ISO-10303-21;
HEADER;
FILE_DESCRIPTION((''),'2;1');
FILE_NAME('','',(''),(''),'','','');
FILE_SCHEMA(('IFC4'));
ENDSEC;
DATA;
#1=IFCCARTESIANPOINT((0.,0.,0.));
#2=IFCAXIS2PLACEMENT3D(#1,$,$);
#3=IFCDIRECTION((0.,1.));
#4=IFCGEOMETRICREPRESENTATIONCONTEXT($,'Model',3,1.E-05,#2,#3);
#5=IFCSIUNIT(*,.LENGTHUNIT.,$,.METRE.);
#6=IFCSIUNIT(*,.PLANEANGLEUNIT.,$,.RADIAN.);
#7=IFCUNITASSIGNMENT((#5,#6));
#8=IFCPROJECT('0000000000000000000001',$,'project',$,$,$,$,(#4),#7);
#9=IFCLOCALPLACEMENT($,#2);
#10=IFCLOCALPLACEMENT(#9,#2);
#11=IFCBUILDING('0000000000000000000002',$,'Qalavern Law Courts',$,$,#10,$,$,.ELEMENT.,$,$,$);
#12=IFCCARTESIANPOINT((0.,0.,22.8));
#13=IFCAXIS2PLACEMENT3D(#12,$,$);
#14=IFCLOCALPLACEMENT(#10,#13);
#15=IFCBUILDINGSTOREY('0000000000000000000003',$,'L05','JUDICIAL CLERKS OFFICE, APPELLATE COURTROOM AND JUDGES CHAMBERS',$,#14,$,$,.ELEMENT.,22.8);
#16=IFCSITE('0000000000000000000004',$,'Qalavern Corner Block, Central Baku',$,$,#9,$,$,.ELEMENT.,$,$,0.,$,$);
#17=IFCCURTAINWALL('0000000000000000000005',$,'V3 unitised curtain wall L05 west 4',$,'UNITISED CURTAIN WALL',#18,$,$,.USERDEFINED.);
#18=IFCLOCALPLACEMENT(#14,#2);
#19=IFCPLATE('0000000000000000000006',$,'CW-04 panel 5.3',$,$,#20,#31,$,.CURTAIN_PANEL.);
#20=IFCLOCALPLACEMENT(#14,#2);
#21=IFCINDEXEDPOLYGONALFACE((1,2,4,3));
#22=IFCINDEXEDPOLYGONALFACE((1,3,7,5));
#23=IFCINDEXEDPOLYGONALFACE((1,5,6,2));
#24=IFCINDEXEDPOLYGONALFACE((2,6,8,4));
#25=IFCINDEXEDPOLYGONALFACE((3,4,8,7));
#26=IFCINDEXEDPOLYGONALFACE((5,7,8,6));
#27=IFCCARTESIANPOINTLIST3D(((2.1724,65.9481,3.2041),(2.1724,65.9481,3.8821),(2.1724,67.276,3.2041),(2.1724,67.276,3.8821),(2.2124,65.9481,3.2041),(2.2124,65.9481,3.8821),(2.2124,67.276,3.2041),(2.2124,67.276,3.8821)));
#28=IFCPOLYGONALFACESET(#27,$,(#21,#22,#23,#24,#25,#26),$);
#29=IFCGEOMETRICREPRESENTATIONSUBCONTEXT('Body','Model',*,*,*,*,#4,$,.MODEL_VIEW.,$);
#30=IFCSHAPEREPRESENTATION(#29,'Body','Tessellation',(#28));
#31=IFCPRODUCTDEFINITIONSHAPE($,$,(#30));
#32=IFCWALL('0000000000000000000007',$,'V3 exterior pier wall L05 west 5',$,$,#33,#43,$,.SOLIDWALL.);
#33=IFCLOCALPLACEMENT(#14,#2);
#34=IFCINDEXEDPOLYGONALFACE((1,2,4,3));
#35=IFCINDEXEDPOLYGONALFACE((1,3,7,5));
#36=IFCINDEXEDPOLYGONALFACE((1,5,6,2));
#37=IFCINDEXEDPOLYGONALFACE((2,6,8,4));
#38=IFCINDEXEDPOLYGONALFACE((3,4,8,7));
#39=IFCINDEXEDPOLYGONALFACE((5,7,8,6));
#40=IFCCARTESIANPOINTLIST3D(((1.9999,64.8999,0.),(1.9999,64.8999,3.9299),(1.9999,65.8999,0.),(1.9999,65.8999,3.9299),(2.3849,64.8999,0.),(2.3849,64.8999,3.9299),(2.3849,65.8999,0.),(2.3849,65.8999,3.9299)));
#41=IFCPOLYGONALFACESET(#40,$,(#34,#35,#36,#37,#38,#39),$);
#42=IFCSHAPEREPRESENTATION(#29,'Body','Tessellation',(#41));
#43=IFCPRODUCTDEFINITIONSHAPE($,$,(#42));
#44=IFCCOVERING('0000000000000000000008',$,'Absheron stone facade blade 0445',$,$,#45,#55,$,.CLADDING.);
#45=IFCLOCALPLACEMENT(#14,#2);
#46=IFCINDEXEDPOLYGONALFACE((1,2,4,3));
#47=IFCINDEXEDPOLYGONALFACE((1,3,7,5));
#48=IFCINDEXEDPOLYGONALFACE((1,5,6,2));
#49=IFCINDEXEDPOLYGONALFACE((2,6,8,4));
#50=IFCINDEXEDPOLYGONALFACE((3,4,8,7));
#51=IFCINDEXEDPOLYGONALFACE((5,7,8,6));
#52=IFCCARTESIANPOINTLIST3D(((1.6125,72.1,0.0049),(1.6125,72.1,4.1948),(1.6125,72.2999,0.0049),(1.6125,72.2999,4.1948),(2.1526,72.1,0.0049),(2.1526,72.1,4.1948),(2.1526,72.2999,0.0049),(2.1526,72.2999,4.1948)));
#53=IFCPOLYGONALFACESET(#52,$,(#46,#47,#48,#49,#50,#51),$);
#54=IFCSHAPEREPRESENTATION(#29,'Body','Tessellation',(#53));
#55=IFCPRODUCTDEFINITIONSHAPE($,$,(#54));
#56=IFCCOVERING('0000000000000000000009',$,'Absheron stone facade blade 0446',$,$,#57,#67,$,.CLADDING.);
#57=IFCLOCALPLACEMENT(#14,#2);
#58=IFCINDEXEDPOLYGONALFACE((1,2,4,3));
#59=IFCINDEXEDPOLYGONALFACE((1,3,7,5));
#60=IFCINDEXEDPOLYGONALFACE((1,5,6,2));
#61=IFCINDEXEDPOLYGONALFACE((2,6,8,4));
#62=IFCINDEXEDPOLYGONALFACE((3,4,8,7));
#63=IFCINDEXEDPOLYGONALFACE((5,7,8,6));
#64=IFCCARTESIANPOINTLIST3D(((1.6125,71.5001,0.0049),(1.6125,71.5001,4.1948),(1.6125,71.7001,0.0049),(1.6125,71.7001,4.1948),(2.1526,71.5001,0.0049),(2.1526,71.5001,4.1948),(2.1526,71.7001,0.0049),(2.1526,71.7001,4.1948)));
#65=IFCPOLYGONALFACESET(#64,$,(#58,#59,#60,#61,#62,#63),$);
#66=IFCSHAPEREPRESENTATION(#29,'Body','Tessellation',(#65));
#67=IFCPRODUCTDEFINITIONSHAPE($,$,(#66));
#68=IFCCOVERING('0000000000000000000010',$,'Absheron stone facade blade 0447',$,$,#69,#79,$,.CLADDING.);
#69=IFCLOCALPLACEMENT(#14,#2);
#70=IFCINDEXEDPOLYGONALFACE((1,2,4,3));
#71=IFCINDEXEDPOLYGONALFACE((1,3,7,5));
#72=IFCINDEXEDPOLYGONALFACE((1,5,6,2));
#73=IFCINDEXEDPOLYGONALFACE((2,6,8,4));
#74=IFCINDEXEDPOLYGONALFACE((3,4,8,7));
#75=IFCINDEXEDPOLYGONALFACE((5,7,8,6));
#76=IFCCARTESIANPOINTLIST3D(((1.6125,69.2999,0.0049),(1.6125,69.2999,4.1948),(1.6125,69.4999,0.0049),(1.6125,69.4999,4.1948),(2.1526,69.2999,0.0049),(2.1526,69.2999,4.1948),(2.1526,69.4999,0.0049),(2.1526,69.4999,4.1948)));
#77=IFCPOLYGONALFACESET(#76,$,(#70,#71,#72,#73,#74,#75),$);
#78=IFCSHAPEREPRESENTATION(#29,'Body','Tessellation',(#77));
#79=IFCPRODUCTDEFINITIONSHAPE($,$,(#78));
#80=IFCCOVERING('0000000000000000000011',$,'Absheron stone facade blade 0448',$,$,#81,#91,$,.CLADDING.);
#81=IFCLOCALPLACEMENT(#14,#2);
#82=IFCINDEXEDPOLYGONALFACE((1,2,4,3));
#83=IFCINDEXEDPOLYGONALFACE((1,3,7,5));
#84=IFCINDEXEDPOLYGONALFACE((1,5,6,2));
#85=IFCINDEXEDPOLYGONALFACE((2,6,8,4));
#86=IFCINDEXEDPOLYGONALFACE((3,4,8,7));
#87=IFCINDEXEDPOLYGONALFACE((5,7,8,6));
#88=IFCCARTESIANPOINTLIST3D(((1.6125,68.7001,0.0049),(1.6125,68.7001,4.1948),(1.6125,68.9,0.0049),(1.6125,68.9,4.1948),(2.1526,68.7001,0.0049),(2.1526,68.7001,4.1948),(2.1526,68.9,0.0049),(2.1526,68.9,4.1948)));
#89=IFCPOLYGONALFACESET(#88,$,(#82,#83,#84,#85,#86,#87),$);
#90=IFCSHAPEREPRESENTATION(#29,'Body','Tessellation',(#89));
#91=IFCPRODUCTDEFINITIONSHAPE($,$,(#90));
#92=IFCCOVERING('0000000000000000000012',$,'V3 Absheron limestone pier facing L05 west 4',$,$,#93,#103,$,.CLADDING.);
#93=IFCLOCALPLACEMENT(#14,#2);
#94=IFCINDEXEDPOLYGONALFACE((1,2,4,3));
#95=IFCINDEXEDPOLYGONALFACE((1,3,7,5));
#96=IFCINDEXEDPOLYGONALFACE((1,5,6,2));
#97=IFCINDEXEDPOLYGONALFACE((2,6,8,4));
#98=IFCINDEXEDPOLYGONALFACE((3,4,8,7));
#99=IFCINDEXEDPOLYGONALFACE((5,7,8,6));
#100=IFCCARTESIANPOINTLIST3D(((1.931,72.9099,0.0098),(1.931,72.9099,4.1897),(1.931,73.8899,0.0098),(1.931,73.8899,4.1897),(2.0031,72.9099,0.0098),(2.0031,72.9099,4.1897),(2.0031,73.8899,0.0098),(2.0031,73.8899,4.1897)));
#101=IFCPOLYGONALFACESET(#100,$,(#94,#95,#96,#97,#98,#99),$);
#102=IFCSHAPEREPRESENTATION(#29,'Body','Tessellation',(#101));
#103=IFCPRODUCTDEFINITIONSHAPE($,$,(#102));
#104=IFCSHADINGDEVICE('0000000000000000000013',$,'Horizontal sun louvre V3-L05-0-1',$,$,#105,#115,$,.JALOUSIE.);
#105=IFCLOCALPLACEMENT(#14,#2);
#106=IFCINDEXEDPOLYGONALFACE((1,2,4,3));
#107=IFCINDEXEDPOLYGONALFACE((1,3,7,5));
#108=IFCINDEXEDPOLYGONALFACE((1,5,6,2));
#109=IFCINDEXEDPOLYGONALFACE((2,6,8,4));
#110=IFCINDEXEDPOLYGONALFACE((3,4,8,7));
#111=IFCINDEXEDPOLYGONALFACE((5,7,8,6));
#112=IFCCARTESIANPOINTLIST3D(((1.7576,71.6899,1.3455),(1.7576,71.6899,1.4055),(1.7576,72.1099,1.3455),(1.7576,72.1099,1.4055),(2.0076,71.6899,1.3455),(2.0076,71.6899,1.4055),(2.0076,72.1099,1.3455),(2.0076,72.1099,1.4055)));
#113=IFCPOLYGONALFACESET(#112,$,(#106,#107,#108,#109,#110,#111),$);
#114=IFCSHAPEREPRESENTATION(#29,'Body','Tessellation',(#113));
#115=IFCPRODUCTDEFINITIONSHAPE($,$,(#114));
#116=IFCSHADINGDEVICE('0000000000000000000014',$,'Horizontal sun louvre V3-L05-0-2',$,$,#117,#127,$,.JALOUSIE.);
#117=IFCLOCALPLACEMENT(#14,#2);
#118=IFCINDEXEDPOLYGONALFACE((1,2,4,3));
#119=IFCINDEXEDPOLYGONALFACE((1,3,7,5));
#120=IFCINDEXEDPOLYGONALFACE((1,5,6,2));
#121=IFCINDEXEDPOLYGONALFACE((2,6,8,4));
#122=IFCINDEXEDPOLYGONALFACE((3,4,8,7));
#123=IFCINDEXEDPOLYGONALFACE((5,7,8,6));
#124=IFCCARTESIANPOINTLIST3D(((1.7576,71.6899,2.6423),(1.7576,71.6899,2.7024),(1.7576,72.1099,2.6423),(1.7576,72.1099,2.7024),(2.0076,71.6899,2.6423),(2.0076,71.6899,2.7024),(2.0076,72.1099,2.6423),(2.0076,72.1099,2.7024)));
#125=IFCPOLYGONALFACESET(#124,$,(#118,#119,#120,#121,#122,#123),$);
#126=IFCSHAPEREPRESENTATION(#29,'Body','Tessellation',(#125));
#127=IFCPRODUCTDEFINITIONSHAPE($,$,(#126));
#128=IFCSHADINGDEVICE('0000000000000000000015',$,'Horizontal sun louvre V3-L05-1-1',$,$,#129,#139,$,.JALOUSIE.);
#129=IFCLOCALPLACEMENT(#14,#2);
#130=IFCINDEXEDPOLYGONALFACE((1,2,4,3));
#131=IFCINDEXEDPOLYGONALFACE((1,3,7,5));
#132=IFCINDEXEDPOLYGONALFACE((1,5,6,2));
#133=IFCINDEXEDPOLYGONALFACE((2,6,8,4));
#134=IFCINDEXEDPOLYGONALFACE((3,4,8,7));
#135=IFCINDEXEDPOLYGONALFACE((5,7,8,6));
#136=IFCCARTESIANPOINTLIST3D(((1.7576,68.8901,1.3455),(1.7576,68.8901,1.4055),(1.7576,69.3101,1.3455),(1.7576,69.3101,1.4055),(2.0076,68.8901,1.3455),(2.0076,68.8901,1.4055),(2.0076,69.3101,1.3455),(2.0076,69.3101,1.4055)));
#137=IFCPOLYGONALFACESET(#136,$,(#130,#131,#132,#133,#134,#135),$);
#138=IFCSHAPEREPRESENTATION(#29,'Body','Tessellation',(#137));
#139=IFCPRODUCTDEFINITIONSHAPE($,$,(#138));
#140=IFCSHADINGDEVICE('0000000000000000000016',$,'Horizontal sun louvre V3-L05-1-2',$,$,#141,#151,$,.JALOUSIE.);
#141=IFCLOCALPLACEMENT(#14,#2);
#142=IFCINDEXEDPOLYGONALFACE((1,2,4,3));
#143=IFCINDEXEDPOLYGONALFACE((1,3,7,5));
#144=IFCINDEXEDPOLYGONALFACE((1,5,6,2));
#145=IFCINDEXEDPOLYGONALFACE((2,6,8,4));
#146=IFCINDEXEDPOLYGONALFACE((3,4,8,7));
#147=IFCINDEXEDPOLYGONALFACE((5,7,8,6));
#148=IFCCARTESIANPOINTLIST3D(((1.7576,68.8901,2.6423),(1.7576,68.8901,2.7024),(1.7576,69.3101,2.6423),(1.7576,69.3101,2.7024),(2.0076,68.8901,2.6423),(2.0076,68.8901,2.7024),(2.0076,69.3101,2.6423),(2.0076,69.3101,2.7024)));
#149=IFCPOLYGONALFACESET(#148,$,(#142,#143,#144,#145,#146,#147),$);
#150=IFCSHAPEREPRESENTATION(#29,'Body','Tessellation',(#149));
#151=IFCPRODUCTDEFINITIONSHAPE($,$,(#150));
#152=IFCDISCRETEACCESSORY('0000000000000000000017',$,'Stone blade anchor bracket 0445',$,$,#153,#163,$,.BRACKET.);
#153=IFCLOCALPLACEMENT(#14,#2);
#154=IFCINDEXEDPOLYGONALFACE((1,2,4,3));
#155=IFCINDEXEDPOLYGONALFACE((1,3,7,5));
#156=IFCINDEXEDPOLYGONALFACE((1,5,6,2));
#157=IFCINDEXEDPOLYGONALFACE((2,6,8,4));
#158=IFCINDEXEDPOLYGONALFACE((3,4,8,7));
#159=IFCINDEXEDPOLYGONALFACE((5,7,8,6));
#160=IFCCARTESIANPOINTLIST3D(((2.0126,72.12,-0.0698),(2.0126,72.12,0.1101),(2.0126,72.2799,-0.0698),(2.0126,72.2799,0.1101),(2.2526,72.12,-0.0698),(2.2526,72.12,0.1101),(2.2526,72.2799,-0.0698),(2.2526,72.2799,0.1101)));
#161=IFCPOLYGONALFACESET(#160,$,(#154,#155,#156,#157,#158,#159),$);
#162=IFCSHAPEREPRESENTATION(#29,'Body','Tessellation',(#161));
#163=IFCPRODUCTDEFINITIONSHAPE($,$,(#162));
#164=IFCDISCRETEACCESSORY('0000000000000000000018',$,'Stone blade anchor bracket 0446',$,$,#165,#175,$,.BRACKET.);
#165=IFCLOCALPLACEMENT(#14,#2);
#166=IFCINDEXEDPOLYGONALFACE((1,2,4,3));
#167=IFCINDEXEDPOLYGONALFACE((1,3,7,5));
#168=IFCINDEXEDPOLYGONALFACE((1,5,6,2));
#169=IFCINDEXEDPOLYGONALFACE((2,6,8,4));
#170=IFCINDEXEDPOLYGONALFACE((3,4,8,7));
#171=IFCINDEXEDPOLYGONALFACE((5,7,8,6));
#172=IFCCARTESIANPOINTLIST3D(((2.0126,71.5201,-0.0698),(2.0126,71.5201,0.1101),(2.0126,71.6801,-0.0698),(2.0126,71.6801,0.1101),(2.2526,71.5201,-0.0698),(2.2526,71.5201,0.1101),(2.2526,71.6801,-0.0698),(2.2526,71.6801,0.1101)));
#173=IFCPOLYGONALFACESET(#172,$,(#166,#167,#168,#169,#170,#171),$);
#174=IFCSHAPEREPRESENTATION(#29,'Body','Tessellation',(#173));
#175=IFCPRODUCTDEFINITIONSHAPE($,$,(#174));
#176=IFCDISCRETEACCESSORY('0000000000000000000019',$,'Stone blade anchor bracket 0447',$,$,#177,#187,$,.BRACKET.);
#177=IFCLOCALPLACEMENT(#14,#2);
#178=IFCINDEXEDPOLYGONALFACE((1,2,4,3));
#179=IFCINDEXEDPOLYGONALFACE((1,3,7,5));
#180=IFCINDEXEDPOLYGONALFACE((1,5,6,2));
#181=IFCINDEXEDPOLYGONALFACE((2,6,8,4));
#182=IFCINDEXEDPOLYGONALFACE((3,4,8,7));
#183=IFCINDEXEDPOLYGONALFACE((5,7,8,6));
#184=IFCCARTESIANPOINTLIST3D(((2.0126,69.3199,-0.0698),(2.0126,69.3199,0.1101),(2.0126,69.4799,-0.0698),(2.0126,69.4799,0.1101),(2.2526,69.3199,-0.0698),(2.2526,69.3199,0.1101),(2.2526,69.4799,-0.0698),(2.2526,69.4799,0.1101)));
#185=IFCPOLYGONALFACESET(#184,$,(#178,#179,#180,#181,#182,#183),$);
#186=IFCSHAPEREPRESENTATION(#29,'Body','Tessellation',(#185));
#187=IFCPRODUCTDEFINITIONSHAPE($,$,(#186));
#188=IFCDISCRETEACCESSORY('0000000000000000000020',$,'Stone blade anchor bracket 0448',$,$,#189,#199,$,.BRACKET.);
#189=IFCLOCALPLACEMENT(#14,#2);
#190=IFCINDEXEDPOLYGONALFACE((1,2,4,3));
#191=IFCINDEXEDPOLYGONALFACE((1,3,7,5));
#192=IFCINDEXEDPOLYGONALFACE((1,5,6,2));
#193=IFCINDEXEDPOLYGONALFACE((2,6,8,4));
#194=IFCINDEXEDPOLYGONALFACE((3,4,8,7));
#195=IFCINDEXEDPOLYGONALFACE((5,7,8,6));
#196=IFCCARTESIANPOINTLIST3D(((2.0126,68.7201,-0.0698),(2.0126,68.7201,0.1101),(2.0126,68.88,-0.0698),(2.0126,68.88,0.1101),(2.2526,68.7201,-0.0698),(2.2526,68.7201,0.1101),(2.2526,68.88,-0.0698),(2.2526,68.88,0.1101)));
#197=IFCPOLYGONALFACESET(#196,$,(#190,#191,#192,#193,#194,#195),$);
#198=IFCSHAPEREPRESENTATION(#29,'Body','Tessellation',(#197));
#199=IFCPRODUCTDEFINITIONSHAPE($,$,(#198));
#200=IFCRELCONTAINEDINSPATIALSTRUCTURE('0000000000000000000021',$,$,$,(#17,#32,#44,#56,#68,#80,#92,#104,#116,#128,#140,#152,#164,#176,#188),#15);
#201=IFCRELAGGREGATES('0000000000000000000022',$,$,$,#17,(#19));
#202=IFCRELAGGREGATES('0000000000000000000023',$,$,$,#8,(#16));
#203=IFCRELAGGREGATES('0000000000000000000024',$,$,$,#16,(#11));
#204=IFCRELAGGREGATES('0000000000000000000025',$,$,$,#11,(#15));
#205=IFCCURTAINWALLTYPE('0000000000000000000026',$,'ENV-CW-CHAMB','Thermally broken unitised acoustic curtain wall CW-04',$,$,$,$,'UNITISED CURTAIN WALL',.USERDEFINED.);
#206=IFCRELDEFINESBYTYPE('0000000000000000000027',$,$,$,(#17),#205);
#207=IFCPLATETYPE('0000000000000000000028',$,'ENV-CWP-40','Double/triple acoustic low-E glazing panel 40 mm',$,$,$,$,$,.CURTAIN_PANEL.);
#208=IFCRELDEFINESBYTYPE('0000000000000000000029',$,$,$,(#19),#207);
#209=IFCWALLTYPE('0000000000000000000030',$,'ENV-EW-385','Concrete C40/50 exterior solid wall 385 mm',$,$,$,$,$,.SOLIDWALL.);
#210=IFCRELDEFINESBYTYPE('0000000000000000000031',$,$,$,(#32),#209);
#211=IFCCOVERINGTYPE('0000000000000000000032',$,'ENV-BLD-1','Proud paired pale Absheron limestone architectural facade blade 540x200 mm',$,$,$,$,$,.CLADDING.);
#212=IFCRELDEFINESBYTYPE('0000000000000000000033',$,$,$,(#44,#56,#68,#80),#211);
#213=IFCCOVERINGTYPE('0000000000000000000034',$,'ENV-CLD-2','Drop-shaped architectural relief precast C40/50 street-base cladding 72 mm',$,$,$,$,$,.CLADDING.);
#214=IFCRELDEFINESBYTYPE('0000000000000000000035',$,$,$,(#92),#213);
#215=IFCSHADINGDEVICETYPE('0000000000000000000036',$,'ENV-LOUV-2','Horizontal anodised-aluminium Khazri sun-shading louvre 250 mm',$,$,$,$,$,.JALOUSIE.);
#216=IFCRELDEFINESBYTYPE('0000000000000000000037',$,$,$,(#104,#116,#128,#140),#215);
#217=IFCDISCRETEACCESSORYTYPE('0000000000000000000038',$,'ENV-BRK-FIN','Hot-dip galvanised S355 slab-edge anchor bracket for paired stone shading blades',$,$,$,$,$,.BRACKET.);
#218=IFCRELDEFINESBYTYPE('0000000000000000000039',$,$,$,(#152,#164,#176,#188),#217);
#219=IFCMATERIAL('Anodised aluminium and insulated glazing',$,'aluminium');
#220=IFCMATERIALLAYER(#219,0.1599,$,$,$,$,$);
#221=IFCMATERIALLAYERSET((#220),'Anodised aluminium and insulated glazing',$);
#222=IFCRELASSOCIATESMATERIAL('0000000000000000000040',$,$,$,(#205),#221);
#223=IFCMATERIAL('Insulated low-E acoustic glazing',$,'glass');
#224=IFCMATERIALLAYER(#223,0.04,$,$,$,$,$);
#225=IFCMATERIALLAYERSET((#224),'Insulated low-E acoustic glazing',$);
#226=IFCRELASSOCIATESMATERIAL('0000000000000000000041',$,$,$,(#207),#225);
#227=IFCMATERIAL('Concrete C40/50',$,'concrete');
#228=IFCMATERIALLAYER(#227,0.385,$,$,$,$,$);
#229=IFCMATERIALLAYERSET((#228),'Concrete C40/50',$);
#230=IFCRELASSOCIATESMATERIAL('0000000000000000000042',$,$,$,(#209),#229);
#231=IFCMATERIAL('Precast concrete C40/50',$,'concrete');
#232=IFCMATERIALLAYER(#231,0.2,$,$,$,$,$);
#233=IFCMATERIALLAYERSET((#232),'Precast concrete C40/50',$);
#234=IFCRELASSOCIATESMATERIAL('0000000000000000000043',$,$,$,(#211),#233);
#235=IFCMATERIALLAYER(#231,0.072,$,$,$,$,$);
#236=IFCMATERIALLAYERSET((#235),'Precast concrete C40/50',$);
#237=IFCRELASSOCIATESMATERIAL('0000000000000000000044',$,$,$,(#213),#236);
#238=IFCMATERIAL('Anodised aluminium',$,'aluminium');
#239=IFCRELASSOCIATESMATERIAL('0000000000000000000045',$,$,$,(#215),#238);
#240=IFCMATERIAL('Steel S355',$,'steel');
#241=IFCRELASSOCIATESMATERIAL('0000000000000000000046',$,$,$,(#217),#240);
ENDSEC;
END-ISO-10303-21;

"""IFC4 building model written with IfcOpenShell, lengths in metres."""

from ifc_helpers import new_model, si_unit, direction, frame, frame_2d, origin, origin_2d, place, context, subcontext, project, spatial, rectangle, extrude, material, layer, layer_set, type_object, element, aggregate, save


model = new_model("IFC4")

# Units and contexts
model_context = context("Model", 3, precision=1e-05, world=origin(), true_north=direction((0.0, 1.0)))
body_context = subcontext(model_context, "Body", "Model", "MODEL_VIEW")
ifc_project = project(units=[si_unit("LENGTHUNIT", "METRE"), si_unit("PLANEANGLEUNIT", "RADIAN")], contexts=[model_context])

# Site, building, storey
site_placement = place(None, origin())
site = spatial("IfcSite", under=ifc_project, at=site_placement, Name="Qalavern Corner Block, Central Baku", CompositionType="ELEMENT", RefElevation=0.0)
building_placement = place(site_placement, origin())
building = spatial("IfcBuilding", under=site, at=building_placement, Name="Qalavern Law Courts", CompositionType="ELEMENT")
storey_placement = place(building_placement, frame((0.0, 0.0, 22.8)))
storey = spatial("IfcBuildingStorey", under=building, at=storey_placement, Name="L05", Description="JUDICIAL CLERKS OFFICE, APPELLATE COURTROOM AND JUDGES CHAMBERS", CompositionType="ELEMENT", Elevation=22.8)

# Curtain wall, plate
ifc_material_1 = material(Name="Anodised aluminium and insulated glazing", Category="aluminium")
ifc_layer_1 = layer(ifc_material_1, 0.1599)
ifc_layer_set_1 = layer_set([ifc_layer_1], Name="Anodised aluminium and insulated glazing")
curtain_wall_type = type_object("IfcCurtainWallType", Name="ENV-CW-CHAMB", Description="Thermally broken unitised acoustic curtain wall CW-04", ElementType="UNITISED CURTAIN WALL", PredefinedType="USERDEFINED", material=ifc_layer_set_1)
curtain_wall_placement = place(storey_placement, origin())
curtain_wall = element("IfcCurtainWall", 1, at=curtain_wall_placement, inside=storey, type_object=curtain_wall_type, Name="V3 unitised curtain wall L05 west 4", ObjectType="UNITISED CURTAIN WALL", PredefinedType="USERDEFINED")
ifc_material_2 = material(Name="Anodised aluminium", Category="aluminium")
ifc_material_3 = material(Name="Insulated low-E acoustic glazing", Category="glass")
ifc_layer_2 = layer(ifc_material_3, 0.04)
ifc_layer_set_2 = layer_set([ifc_layer_2], Name="Insulated low-E acoustic glazing")
plate_type = type_object("IfcPlateType", Name="ENV-CWP-40", Description="Double/triple acoustic low-E glazing panel 40 mm", PredefinedType="CURTAIN_PANEL", material=ifc_layer_set_2)
plate_1_placement = place(storey_placement, frame((2.1924, 66.6121, 3.2041), z_axis=(0.0, 0.0, 1.0), x_axis=(0.0, -1.0, 0.0)))
plate_1 = element("IfcPlate", 2, at=plate_1_placement, type_object=plate_type, Name="CW-04 panel 5.3", PredefinedType="CURTAIN_PANEL", context=body_context, shape_type="SweptSolid", body=[
    extrude(rectangle(XDim=1.3279, YDim=0.04, at=origin_2d()), origin(), (0.0, 0.0, 1.0), 0.678),
])
aggregate(curtain_wall, [plate_1])

# Wall
ifc_material_4 = material(Name="Concrete C40/50", Category="concrete")
ifc_layer_3 = layer(ifc_material_4, 0.385)
ifc_layer_set_3 = layer_set([ifc_layer_3], Name="Concrete C40/50")
wall_type = type_object("IfcWallType", Name="ENV-EW-385", Description="Concrete C40/50 exterior solid wall 385 mm", PredefinedType="SOLIDWALL", material=ifc_layer_set_3)
wall_placement = place(storey_placement, frame((2.1924, 65.8999, 0.0), z_axis=(0.0, 0.0, 1.0), x_axis=(0.0, -1.0, 0.0)))
element("IfcWall", 3, at=wall_placement, inside=storey, type_object=wall_type, Name="V3 exterior pier wall L05 west 5", PredefinedType="SOLIDWALL", context=body_context, shape_type="SweptSolid", body=[
    extrude(rectangle(XDim=1.0, YDim=0.385, at=frame_2d((0.5, 0.0))), origin(), (0.0, 0.0, 1.0), 3.9299),
])

# Coverings
ifc_material_5 = material(Name="Precast concrete C40/50", Category="concrete")
ifc_layer_4 = layer(ifc_material_5, 0.2)
ifc_layer_set_4 = layer_set([ifc_layer_4], Name="Precast concrete C40/50")
covering_type_1 = type_object("IfcCoveringType", Name="ENV-BLD-1", Description="Proud paired pale Absheron limestone architectural facade blade 540x200 mm", PredefinedType="CLADDING", material=ifc_layer_set_4)
for number, where, z_axis, x_axis, name in (
    (4, (1.8826, 72.2, 0.0049), (0.0, 0.0, 1.0), (-1.0, 0.0, 0.0), "Absheron stone facade blade 0445"),
    (5, (1.8826, 71.6001, 0.0049), (0.0, 0.0, 1.0), (-1.0, 0.0, 0.0), "Absheron stone facade blade 0446"),
    (6, (1.8826, 69.3999, 0.0049), (0.0, 0.0, 1.0), (-1.0, 0.0, 0.0), "Absheron stone facade blade 0447"),
    (7, (1.8826, 68.8, 0.0049), (0.0, 0.0, 1.0), (-1.0, 0.0, 0.0), "Absheron stone facade blade 0448"),
):
    element("IfcCovering", number, at=place(storey_placement, frame(where, z_axis=z_axis, x_axis=x_axis)), inside=storey, type_object=covering_type_1, Name=name, PredefinedType="CLADDING", context=body_context, shape_type="SweptSolid", body=[
        extrude(rectangle(XDim=0.54, YDim=0.2, at=origin_2d()), origin(), (0.0, 0.0, 1.0), 4.1899),
    ])
ifc_layer_5 = layer(ifc_material_5, 0.072)
ifc_layer_set_5 = layer_set([ifc_layer_5], Name="Precast concrete C40/50")
covering_type_2 = type_object("IfcCoveringType", Name="ENV-CLD-2", Description="Drop-shaped architectural relief precast C40/50 street-base cladding 72 mm", PredefinedType="CLADDING", material=ifc_layer_set_5)
covering_placement = place(storey_placement, frame((1.967, 73.3999, 0.0098), z_axis=(0.0, 0.0, 1.0), x_axis=(0.0, -1.0, 0.0)))
element("IfcCovering", 8, at=covering_placement, inside=storey, type_object=covering_type_2, Name="V3 Absheron limestone pier facing L05 west 4", PredefinedType="CLADDING", context=body_context, shape_type="SweptSolid", body=[
    extrude(rectangle(XDim=0.98, YDim=0.072, at=origin_2d()), origin(), (0.0, 0.0, 1.0), 4.1799),
])

# Shading devices
shading_device_type = type_object("IfcShadingDeviceType", Name="ENV-LOUV-2", Description="Horizontal anodised-aluminium Khazri sun-shading louvre 250 mm", PredefinedType="JALOUSIE", material=ifc_material_2)
for number, where, z_axis, x_axis, name in (
    (9, (1.8826, 71.8999, 1.3455), (0.0, 0.0, 1.0), (0.0, -1.0, 0.0), "Horizontal sun louvre V3-L05-0-1"),
    (10, (1.8826, 71.8999, 2.6423), (0.0, 0.0, 1.0), (0.0, -1.0, 0.0), "Horizontal sun louvre V3-L05-0-2"),
    (11, (1.8826, 69.1001, 1.3455), (0.0, 0.0, 1.0), (0.0, -1.0, 0.0), "Horizontal sun louvre V3-L05-1-1"),
    (12, (1.8826, 69.1001, 2.6423), (0.0, 0.0, 1.0), (0.0, -1.0, 0.0), "Horizontal sun louvre V3-L05-1-2"),
):
    element("IfcShadingDevice", number, at=place(storey_placement, frame(where, z_axis=z_axis, x_axis=x_axis)), inside=storey, type_object=shading_device_type, Name=name, PredefinedType="JALOUSIE", context=body_context, shape_type="SweptSolid", body=[
        extrude(rectangle(XDim=0.4199, YDim=0.25, at=origin_2d()), origin(), (0.0, 0.0, 1.0), 0.0601),
    ])

# Discrete accessories
ifc_material_6 = material(Name="Steel S355", Category="steel")
discrete_accessory_type = type_object("IfcDiscreteAccessoryType", Name="ENV-BRK-FIN", Description="Hot-dip galvanised S355 slab-edge anchor bracket for paired stone shading blades", PredefinedType="BRACKET", material=ifc_material_6)
for number, where, z_axis, x_axis, name in (
    (13, (2.1326, 72.2, -0.0698), (0.0, 0.0, 1.0), (-1.0, 0.0, 0.0), "Stone blade anchor bracket 0445"),
    (14, (2.1326, 71.6001, -0.0698), (0.0, 0.0, 1.0), (-1.0, 0.0, 0.0), "Stone blade anchor bracket 0446"),
    (15, (2.1326, 69.3999, -0.0698), (0.0, 0.0, 1.0), (-1.0, 0.0, 0.0), "Stone blade anchor bracket 0447"),
    (16, (2.1326, 68.8, -0.0698), (0.0, 0.0, 1.0), (-1.0, 0.0, 0.0), "Stone blade anchor bracket 0448"),
):
    element("IfcDiscreteAccessory", number, at=place(storey_placement, frame(where, z_axis=z_axis, x_axis=x_axis)), inside=storey, type_object=discrete_accessory_type, Name=name, PredefinedType="BRACKET", context=body_context, shape_type="SweptSolid", body=[
        extrude(rectangle(XDim=0.24, YDim=0.1599, at=origin_2d()), origin(), (0.0, 0.0, 1.0), 0.1799),
    ])

save(model, "model.ifc")
